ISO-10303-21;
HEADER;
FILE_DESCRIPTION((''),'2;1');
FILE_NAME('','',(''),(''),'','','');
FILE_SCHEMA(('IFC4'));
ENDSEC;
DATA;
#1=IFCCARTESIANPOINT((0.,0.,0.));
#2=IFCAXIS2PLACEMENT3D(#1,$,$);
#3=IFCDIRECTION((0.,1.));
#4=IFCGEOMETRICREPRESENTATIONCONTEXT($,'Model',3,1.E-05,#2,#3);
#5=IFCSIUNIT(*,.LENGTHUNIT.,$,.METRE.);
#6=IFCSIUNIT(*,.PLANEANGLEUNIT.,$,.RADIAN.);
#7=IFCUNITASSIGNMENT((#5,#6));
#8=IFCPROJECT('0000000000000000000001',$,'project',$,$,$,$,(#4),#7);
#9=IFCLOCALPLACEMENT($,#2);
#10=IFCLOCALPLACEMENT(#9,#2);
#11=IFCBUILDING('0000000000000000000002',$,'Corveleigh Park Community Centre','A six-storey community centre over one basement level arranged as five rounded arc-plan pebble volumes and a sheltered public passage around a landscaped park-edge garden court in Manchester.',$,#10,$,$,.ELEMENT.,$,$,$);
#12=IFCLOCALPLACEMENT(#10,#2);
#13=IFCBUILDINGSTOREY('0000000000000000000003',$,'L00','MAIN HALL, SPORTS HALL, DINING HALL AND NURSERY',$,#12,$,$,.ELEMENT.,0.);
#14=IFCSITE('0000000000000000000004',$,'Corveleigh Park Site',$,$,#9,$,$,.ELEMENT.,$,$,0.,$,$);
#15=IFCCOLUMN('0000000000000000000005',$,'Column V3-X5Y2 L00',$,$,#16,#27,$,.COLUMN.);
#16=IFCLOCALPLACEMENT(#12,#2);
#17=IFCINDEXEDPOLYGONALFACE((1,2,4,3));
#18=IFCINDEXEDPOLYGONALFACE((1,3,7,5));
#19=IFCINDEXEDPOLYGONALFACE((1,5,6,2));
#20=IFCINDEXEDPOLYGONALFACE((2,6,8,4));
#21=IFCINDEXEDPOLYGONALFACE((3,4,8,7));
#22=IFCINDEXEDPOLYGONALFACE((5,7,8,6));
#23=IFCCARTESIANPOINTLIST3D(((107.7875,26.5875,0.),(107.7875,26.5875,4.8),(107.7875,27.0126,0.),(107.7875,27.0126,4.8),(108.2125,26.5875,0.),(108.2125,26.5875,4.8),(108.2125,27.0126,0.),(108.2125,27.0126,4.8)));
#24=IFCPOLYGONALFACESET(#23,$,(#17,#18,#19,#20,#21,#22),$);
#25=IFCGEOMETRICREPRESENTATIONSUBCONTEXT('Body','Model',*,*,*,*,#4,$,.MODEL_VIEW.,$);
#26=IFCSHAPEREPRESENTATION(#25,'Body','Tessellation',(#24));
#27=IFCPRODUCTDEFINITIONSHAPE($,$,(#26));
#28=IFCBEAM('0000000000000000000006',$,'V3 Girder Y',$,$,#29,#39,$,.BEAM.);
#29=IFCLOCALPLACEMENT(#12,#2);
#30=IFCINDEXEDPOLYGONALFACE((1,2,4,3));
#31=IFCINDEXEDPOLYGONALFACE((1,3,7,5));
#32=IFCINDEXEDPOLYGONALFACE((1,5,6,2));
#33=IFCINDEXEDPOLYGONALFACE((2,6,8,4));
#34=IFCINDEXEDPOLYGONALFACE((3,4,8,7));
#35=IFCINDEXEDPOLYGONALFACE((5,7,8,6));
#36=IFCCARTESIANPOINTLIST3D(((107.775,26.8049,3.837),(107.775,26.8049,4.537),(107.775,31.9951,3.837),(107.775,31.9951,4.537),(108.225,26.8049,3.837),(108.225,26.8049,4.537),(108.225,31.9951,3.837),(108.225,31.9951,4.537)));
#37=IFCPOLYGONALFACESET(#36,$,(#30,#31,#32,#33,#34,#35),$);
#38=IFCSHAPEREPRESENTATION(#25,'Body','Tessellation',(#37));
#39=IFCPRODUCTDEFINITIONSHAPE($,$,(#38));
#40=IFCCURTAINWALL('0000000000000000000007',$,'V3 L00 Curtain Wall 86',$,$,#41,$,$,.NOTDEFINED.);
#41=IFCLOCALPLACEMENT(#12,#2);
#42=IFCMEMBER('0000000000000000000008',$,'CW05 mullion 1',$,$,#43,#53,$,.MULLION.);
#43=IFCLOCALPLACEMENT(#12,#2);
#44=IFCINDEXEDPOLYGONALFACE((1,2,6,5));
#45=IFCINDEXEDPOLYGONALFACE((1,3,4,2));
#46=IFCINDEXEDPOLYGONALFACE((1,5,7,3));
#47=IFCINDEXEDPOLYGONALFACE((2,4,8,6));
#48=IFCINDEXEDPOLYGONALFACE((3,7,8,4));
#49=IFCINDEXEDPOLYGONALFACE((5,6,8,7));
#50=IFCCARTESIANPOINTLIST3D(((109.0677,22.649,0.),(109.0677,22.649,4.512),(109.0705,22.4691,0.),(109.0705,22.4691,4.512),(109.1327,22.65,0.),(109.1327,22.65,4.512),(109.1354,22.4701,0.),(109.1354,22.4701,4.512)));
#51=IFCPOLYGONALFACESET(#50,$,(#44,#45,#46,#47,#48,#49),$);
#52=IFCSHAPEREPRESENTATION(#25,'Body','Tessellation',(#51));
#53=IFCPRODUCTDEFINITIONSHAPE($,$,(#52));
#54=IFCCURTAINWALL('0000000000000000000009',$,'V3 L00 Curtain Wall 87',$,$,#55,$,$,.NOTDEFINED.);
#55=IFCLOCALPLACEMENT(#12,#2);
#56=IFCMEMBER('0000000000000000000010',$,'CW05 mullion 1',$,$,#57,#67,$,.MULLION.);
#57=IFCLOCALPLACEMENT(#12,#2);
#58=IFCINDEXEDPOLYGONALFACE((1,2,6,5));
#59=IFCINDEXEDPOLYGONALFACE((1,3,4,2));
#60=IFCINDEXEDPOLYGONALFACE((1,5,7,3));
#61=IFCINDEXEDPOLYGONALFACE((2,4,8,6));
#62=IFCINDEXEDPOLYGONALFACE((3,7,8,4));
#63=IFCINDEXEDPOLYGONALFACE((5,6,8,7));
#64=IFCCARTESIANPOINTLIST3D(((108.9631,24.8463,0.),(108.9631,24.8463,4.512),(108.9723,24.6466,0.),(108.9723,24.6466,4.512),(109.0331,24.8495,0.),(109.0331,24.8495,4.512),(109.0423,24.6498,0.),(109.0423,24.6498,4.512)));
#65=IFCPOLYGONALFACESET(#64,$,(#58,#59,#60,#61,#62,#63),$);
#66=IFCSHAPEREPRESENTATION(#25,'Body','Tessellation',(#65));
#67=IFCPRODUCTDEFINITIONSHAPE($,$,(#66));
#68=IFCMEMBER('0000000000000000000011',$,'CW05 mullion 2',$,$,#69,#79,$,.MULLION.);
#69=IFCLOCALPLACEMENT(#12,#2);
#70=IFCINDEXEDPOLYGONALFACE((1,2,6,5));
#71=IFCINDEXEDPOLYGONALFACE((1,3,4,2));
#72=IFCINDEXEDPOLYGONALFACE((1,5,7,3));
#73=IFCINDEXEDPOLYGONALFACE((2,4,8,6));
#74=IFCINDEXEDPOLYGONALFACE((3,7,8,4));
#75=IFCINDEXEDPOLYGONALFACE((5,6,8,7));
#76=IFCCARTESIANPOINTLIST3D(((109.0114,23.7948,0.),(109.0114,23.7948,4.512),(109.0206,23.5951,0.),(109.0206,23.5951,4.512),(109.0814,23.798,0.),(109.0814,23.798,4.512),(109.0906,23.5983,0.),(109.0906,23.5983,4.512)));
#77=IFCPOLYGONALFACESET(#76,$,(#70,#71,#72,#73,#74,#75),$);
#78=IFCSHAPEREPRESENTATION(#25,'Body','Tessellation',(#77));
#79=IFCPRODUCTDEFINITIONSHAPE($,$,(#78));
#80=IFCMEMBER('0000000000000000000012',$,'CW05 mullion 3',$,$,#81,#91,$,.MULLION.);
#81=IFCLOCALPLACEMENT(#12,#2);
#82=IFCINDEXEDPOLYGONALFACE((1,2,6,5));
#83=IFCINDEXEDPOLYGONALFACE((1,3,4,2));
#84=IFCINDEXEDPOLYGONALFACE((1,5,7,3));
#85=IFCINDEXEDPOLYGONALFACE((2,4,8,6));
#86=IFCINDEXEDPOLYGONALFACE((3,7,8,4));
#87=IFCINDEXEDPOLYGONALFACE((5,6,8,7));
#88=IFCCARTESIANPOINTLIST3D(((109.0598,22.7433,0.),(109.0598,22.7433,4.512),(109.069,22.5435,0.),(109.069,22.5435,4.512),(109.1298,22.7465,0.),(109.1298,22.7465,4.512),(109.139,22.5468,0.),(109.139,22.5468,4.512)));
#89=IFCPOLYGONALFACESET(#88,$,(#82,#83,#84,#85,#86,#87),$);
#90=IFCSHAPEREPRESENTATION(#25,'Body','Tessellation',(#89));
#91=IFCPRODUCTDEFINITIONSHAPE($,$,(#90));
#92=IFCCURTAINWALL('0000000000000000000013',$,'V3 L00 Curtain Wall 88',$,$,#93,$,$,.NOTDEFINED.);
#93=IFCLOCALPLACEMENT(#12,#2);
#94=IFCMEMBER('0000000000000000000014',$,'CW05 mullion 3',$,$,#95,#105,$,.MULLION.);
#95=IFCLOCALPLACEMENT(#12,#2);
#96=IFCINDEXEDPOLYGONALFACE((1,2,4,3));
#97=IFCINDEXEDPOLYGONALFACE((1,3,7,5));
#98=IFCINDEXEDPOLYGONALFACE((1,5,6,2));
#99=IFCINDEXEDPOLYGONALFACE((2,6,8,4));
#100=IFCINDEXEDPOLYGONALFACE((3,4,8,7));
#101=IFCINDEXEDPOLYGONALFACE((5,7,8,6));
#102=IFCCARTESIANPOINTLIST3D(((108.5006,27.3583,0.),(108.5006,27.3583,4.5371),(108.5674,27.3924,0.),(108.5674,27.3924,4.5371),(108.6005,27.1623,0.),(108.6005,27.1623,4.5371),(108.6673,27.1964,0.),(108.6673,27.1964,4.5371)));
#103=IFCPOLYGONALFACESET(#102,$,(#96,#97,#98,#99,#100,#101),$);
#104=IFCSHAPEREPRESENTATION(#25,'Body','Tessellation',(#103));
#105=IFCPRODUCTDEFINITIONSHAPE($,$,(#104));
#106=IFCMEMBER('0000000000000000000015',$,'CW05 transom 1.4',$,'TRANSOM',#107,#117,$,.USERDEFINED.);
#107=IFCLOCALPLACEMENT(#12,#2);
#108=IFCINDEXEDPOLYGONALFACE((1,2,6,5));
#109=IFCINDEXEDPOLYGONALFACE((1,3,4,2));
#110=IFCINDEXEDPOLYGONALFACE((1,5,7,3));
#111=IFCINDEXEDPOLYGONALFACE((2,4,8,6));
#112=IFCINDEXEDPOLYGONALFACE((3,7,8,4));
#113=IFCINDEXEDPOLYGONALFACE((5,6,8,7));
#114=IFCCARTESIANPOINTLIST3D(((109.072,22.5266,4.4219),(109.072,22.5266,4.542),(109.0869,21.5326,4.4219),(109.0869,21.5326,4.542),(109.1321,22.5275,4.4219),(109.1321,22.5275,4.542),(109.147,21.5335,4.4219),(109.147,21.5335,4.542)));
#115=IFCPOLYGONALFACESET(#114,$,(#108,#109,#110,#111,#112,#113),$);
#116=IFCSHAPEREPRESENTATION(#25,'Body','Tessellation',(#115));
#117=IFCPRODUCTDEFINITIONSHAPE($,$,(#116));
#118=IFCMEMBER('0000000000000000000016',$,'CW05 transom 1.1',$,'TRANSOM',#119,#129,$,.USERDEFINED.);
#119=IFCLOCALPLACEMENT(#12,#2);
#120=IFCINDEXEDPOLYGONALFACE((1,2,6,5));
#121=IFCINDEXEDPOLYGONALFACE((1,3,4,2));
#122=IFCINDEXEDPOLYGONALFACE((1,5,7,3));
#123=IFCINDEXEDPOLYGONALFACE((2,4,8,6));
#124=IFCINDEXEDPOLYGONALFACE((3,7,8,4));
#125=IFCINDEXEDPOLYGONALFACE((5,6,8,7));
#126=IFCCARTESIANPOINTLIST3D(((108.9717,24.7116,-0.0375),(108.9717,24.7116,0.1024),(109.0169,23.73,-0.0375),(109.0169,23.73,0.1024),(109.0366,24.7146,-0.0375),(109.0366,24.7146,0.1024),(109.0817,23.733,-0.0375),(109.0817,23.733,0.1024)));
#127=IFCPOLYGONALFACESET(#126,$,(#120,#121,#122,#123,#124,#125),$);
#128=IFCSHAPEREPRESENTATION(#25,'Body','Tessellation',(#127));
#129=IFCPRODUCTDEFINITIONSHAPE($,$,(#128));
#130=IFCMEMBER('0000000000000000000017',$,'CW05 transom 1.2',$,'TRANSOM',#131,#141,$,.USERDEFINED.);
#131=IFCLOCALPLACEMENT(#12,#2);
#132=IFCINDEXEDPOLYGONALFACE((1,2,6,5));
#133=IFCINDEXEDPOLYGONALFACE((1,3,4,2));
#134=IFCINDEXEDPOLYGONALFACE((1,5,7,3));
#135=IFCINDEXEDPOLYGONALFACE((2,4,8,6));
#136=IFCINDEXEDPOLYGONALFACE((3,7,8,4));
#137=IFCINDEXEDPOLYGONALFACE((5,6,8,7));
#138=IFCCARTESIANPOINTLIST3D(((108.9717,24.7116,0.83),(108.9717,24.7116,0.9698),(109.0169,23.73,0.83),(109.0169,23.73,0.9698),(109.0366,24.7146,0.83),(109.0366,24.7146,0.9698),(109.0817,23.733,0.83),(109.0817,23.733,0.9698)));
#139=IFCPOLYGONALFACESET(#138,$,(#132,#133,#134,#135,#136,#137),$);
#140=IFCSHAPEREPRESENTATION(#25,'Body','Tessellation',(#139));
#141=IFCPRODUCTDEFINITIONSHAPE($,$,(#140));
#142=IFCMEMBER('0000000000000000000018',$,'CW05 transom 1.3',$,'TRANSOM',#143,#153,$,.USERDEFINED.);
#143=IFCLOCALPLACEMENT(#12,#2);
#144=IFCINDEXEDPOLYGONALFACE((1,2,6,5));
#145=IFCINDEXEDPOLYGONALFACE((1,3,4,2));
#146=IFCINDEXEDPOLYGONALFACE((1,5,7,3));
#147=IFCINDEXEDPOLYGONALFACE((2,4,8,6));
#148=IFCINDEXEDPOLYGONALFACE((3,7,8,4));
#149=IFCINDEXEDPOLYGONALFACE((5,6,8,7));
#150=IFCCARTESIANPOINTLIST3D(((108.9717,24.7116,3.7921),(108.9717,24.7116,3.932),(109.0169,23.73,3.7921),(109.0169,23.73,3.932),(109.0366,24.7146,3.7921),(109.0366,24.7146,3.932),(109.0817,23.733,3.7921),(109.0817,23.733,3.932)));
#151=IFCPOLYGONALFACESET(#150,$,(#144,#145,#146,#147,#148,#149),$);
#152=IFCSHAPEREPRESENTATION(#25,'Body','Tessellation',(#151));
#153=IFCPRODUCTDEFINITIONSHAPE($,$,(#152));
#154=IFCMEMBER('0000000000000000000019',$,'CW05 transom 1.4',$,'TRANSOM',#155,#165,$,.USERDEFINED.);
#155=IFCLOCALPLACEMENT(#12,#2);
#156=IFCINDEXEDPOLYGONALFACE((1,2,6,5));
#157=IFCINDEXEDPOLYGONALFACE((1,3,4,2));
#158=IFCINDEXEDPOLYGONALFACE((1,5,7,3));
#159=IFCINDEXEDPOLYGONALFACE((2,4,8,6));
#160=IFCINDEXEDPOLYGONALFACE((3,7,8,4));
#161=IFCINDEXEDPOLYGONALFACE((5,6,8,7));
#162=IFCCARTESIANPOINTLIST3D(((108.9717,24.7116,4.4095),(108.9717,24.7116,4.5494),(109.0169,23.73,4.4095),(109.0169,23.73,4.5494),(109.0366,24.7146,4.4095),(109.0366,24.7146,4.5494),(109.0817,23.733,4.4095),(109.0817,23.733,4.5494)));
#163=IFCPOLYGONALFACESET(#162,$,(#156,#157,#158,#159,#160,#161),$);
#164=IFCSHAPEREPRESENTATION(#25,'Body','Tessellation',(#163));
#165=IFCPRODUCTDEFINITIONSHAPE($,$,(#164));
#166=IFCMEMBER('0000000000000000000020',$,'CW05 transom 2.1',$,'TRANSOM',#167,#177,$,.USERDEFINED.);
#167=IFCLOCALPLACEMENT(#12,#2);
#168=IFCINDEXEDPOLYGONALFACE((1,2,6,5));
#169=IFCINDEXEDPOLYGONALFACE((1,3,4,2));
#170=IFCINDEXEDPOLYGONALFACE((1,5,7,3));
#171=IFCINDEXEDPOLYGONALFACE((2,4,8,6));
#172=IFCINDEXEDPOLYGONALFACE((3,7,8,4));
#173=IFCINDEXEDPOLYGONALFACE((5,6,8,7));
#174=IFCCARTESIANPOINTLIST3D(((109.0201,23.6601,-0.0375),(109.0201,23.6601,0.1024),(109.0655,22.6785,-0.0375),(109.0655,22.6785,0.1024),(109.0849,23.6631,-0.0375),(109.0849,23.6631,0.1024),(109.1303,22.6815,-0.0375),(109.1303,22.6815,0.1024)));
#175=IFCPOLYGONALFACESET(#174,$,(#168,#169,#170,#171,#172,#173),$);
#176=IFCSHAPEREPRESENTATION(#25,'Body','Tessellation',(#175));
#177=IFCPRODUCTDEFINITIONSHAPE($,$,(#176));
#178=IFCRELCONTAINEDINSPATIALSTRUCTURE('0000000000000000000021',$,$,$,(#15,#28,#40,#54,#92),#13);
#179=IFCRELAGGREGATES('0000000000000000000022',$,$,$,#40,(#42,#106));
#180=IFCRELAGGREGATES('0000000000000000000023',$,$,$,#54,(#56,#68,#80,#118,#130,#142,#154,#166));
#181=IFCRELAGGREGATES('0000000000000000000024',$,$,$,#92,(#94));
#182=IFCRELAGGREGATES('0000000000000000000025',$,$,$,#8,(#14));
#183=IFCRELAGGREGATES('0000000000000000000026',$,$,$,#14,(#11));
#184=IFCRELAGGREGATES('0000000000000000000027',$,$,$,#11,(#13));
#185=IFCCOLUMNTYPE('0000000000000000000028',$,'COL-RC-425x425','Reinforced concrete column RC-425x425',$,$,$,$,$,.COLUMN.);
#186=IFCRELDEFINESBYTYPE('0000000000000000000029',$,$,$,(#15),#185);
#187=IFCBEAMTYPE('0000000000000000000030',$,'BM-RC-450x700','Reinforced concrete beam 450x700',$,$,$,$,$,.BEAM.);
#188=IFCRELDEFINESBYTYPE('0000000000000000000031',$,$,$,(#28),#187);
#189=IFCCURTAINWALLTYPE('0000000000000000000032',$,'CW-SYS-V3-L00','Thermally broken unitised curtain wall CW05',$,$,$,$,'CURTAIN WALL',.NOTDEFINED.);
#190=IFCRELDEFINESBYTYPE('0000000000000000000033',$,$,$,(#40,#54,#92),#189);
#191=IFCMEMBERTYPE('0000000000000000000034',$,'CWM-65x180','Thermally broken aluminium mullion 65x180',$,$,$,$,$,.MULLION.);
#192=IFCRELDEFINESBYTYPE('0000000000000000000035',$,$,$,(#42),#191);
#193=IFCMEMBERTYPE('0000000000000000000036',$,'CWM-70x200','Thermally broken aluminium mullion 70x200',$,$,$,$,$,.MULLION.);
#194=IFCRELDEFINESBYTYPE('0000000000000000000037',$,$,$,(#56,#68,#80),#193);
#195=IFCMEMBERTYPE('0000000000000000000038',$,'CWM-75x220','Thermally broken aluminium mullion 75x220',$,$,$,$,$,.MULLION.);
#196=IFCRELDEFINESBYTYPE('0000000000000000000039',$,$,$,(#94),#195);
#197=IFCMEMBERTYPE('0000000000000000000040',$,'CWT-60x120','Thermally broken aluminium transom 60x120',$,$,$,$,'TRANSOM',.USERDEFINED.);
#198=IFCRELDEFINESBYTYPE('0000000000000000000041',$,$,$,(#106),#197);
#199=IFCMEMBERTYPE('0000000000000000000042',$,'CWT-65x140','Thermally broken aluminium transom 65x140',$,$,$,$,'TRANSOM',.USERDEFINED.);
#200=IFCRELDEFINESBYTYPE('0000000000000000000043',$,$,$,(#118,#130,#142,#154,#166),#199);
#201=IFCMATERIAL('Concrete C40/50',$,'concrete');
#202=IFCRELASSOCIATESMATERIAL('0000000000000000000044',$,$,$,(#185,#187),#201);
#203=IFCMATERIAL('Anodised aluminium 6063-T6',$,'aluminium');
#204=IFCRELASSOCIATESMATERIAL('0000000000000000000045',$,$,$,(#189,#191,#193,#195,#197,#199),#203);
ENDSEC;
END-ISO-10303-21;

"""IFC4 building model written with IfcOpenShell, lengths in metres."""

from ifc_helpers import new_model, si_unit, direction, frame, origin, origin_2d, place, context, subcontext, project, spatial, rectangle, extrude, material, material_profile, profile_set, type_object, element, aggregate, save


model = new_model("IFC4")

# Units and contexts
model_context = context("Model", 3, precision=1e-05, world=origin(), true_north=direction((0.0, 1.0)))
body_context = subcontext(model_context, "Body", "Model", "MODEL_VIEW")
ifc_project = project(units=[si_unit("LENGTHUNIT", "METRE"), si_unit("PLANEANGLEUNIT", "RADIAN")], contexts=[model_context])

# Site, building, storey
site_placement = place(None, origin())
site = spatial("IfcSite", under=ifc_project, at=site_placement, Name="Corveleigh Park Site", CompositionType="ELEMENT", RefElevation=0.0)
building_placement = place(site_placement, origin())
building = spatial("IfcBuilding", under=site, at=building_placement, Name="Corveleigh Park Community Centre", Description="A six-storey community centre over one basement level arranged as five rounded arc-plan pebble volumes and a sheltered public passage around a landscaped park-edge garden court in Manchester.", CompositionType="ELEMENT")
storey_placement = place(building_placement, origin())
storey = spatial("IfcBuildingStorey", under=building, at=storey_placement, Name="L00", Description="MAIN HALL, SPORTS HALL, DINING HALL AND NURSERY", CompositionType="ELEMENT", Elevation=0.0)

# Column
ifc_material_1 = material(Name="Concrete C40/50", Category="concrete")
ifc_material_profile_1 = material_profile(ifc_material_1, rectangle(XDim=0.425, YDim=0.425, at=origin_2d()), Name="RC-425x425", Category="concrete")
ifc_profile_set_1 = profile_set([ifc_material_profile_1], Name="Concrete C40/50")
column_type = type_object("IfcColumnType", Name="COL-RC-425x425", Description="Reinforced concrete column RC-425x425", PredefinedType="COLUMN", material=ifc_profile_set_1)
column_placement = place(storey_placement, frame((108.0, 26.8, 0.0), z_axis=(0.0, 0.0, 1.0), x_axis=(1.0, 0.0, 0.0)))
element("IfcColumn", 1, at=column_placement, inside=storey, type_object=column_type, Name="Column V3-X5Y2 L00", PredefinedType="COLUMN", context=body_context, shape_type="SweptSolid", body=[
    extrude(rectangle(XDim=0.425, YDim=0.425, at=origin_2d()), origin(), (0.0, 0.0, 1.0), 4.8),
])

# Beam
ifc_material_profile_2 = material_profile(ifc_material_1, rectangle(XDim=0.45, YDim=0.7, at=origin_2d()), Name="RC-450x700", Category="concrete")
ifc_profile_set_2 = profile_set([ifc_material_profile_2], Name="Concrete C40/50")
beam_type = type_object("IfcBeamType", Name="BM-RC-450x700", Description="Reinforced concrete beam 450x700", PredefinedType="BEAM", material=ifc_profile_set_2)
beam_placement = place(storey_placement, frame((108.0, 26.8049, 4.187), z_axis=(0.0, 1.0, 0.0), x_axis=(-1.0, 0.0, 0.0)))
element("IfcBeam", 2, at=beam_placement, inside=storey, type_object=beam_type, Name="V3 Girder Y", PredefinedType="BEAM", context=body_context, shape_type="SweptSolid", body=[
    extrude(rectangle(XDim=0.45, YDim=0.7, at=origin_2d()), origin(), (0.0, 0.0, 1.0), 5.1902),
])

# Curtain wall, member
ifc_material_2 = material(Name="Anodised aluminium 6063-T6", Category="aluminium")
curtain_wall_type = type_object("IfcCurtainWallType", Name="CW-SYS-V3-L00", Description="Thermally broken unitised curtain wall CW05", ElementType="CURTAIN WALL", PredefinedType="NOTDEFINED", material=ifc_material_2)
curtain_wall_1_placement = place(storey_placement, origin())
curtain_wall_1 = element("IfcCurtainWall", 3, at=curtain_wall_1_placement, inside=storey, type_object=curtain_wall_type, Name="V3 L00 Curtain Wall 86", PredefinedType="NOTDEFINED")
ifc_material_profile_3 = material_profile(ifc_material_2, rectangle(XDim=0.0649, YDim=0.1799, at=origin_2d()), Name="ALU-M65x180", Category="aluminium")
ifc_profile_set_3 = profile_set([ifc_material_profile_3], Name="Anodised aluminium 6063-T6")
member_type_1 = type_object("IfcMemberType", Name="CWM-65x180", Description="Thermally broken aluminium mullion 65x180", PredefinedType="MULLION", material=ifc_profile_set_3)
member_1_placement = place(storey_placement, frame((109.1016, 22.5596, 0.0), z_axis=(0.0, 0.0, 1.0), x_axis=(0.999886, 0.015115, 0.0)))
member_1 = element("IfcMember", 4, at=member_1_placement, type_object=member_type_1, Name="CW05 mullion 1", PredefinedType="MULLION", context=body_context, shape_type="SweptSolid", body=[
    extrude(rectangle(XDim=0.0649, YDim=0.1799, at=origin_2d()), origin(), (0.0, 0.0, 1.0), 4.512),
])

# Curtain wall, members
curtain_wall_2_placement = place(storey_placement, origin())
curtain_wall_2 = element("IfcCurtainWall", 5, at=curtain_wall_2_placement, inside=storey, type_object=curtain_wall_type, Name="V3 L00 Curtain Wall 87", PredefinedType="NOTDEFINED")
ifc_material_profile_4 = material_profile(ifc_material_2, rectangle(XDim=0.0701, YDim=0.2, at=origin_2d()), Name="ALU-M70x200", Category="aluminium")
ifc_profile_set_4 = profile_set([ifc_material_profile_4], Name="Anodised aluminium 6063-T6")
member_type_2 = type_object("IfcMemberType", Name="CWM-70x200", Description="Thermally broken aluminium mullion 70x200", PredefinedType="MULLION", material=ifc_profile_set_4)
member_2_placement = place(storey_placement, frame((109.0027, 24.748, 0.0), z_axis=(0.0, 0.0, 1.0), x_axis=(0.998943, 0.045971, 0.0)))
member_2 = element("IfcMember", 6, at=member_2_placement, type_object=member_type_2, Name="CW05 mullion 1", PredefinedType="MULLION", context=body_context, shape_type="SweptSolid", body=[
    extrude(rectangle(XDim=0.0701, YDim=0.2, at=origin_2d()), origin(), (0.0, 0.0, 1.0), 4.512),
])
member_3_placement = place(storey_placement, frame((109.051, 23.6965, 0.0), z_axis=(0.0, 0.0, 1.0), x_axis=(0.998943, 0.045971, 0.0)))
member_3 = element("IfcMember", 7, at=member_3_placement, type_object=member_type_2, Name="CW05 mullion 2", PredefinedType="MULLION", context=body_context, shape_type="SweptSolid", body=[
    extrude(rectangle(XDim=0.0701, YDim=0.2, at=origin_2d()), origin(), (0.0, 0.0, 1.0), 4.512),
])
member_4_placement = place(storey_placement, frame((109.0994, 22.645, 0.0), z_axis=(0.0, 0.0, 1.0), x_axis=(0.998943, 0.045971, 0.0)))
member_4 = element("IfcMember", 8, at=member_4_placement, type_object=member_type_2, Name="CW05 mullion 3", PredefinedType="MULLION", context=body_context, shape_type="SweptSolid", body=[
    extrude(rectangle(XDim=0.0701, YDim=0.2, at=origin_2d()), origin(), (0.0, 0.0, 1.0), 4.512),
])

# Curtain wall, member
curtain_wall_3_placement = place(storey_placement, origin())
curtain_wall_3 = element("IfcCurtainWall", 9, at=curtain_wall_3_placement, inside=storey, type_object=curtain_wall_type, Name="V3 L00 Curtain Wall 88", PredefinedType="NOTDEFINED")
ifc_material_profile_5 = material_profile(ifc_material_2, rectangle(XDim=0.075, YDim=0.22, at=origin_2d()), Name="ALU-M75x220", Category="aluminium")
ifc_profile_set_5 = profile_set([ifc_material_profile_5], Name="Anodised aluminium 6063-T6")
member_type_3 = type_object("IfcMemberType", Name="CWM-75x220", Description="Thermally broken aluminium mullion 75x220", PredefinedType="MULLION", material=ifc_profile_set_5)
member_5_placement = place(storey_placement, frame((108.584, 27.2773, 0.0), z_axis=(0.0, 0.0, 1.0), x_axis=(0.890933, 0.454135, 0.0)))
member_5 = element("IfcMember", 10, at=member_5_placement, type_object=member_type_3, Name="CW05 mullion 3", PredefinedType="MULLION", context=body_context, shape_type="SweptSolid", body=[
    extrude(rectangle(XDim=0.075, YDim=0.22, at=origin_2d()), origin(), (0.0, 0.0, 1.0), 4.5371),
])

# Members
ifc_material_profile_6 = material_profile(ifc_material_2, rectangle(XDim=0.0601, YDim=0.1201, at=origin_2d()), Name="ALU-T60x120", Category="aluminium")
ifc_profile_set_6 = profile_set([ifc_material_profile_6], Name="Anodised aluminium 6063-T6")
member_type_4 = type_object("IfcMemberType", Name="CWT-60x120", Description="Thermally broken aluminium transom 60x120", ElementType="TRANSOM", PredefinedType="USERDEFINED", material=ifc_profile_set_6)
member_6_placement = place(storey_placement, frame((109.1021, 22.5271, 4.4819), z_axis=(0.014979, -0.999888, 0.0), x_axis=(0.999888, 0.014979, 0.0)))
member_6 = element("IfcMember", 11, at=member_6_placement, type_object=member_type_4, Name="CW05 transom 1.4", ObjectType="TRANSOM", PredefinedType="USERDEFINED", context=body_context, shape_type="SweptSolid", body=[
    extrude(rectangle(XDim=0.0601, YDim=0.1201, at=origin_2d()), origin(), (0.0, 0.0, 1.0), 0.9941),
])
aggregate(curtain_wall_1, [member_1, member_6])
ifc_material_profile_7 = material_profile(ifc_material_2, rectangle(XDim=0.0649, YDim=0.1399, at=origin_2d()), Name="ALU-T65x140", Category="aluminium")
ifc_profile_set_7 = profile_set([ifc_material_profile_7], Name="Anodised aluminium 6063-T6")
member_type_5 = type_object("IfcMemberType", Name="CWT-65x140", Description="Thermally broken aluminium transom 65x140", ElementType="TRANSOM", PredefinedType="USERDEFINED", material=ifc_profile_set_7)
member_7_placement = place(storey_placement, frame((109.0042, 24.7131, 0.0325), z_axis=(0.04596, -0.998943, 0.0), x_axis=(0.998943, 0.04596, 0.0)))
member_7 = element("IfcMember", 12, at=member_7_placement, type_object=member_type_5, Name="CW05 transom 1.1", ObjectType="TRANSOM", PredefinedType="USERDEFINED", context=body_context, shape_type="SweptSolid", body=[
    extrude(rectangle(XDim=0.0649, YDim=0.1399, at=origin_2d()), origin(), (0.0, 0.0, 1.0), 0.9827),
])
member_8_placement = place(storey_placement, frame((109.0042, 24.7131, 0.8999), z_axis=(0.04596, -0.998943, 0.0), x_axis=(0.998943, 0.04596, 0.0)))
member_8 = element("IfcMember", 13, at=member_8_placement, type_object=member_type_5, Name="CW05 transom 1.2", ObjectType="TRANSOM", PredefinedType="USERDEFINED", context=body_context, shape_type="SweptSolid", body=[
    extrude(rectangle(XDim=0.0649, YDim=0.1399, at=origin_2d()), origin(), (0.0, 0.0, 1.0), 0.9827),
])
member_9_placement = place(storey_placement, frame((109.0042, 24.7131, 3.8621), z_axis=(0.04596, -0.998943, 0.0), x_axis=(0.998943, 0.04596, 0.0)))
member_9 = element("IfcMember", 14, at=member_9_placement, type_object=member_type_5, Name="CW05 transom 1.3", ObjectType="TRANSOM", PredefinedType="USERDEFINED", context=body_context, shape_type="SweptSolid", body=[
    extrude(rectangle(XDim=0.0649, YDim=0.1399, at=origin_2d()), origin(), (0.0, 0.0, 1.0), 0.9827),
])
member_10_placement = place(storey_placement, frame((109.0042, 24.7131, 4.4795), z_axis=(0.04596, -0.998943, 0.0), x_axis=(0.998943, 0.04596, 0.0)))
member_10 = element("IfcMember", 15, at=member_10_placement, type_object=member_type_5, Name="CW05 transom 1.4", ObjectType="TRANSOM", PredefinedType="USERDEFINED", context=body_context, shape_type="SweptSolid", body=[
    extrude(rectangle(XDim=0.0649, YDim=0.1399, at=origin_2d()), origin(), (0.0, 0.0, 1.0), 0.9827),
])
member_11_placement = place(storey_placement, frame((109.0525, 23.6616, 0.0325), z_axis=(0.046208, -0.998932, 0.0), x_axis=(0.998932, 0.046208, 0.0)))
member_11 = element("IfcMember", 16, at=member_11_placement, type_object=member_type_5, Name="CW05 transom 2.1", ObjectType="TRANSOM", PredefinedType="USERDEFINED", context=body_context, shape_type="SweptSolid", body=[
    extrude(rectangle(XDim=0.0649, YDim=0.1399, at=origin_2d()), origin(), (0.0, 0.0, 1.0), 0.9827),
])

aggregate(curtain_wall_2, [member_2, member_3, member_4, member_7, member_8, member_9, member_10, member_11])
aggregate(curtain_wall_3, [member_5])

save(model, "model.ifc")
